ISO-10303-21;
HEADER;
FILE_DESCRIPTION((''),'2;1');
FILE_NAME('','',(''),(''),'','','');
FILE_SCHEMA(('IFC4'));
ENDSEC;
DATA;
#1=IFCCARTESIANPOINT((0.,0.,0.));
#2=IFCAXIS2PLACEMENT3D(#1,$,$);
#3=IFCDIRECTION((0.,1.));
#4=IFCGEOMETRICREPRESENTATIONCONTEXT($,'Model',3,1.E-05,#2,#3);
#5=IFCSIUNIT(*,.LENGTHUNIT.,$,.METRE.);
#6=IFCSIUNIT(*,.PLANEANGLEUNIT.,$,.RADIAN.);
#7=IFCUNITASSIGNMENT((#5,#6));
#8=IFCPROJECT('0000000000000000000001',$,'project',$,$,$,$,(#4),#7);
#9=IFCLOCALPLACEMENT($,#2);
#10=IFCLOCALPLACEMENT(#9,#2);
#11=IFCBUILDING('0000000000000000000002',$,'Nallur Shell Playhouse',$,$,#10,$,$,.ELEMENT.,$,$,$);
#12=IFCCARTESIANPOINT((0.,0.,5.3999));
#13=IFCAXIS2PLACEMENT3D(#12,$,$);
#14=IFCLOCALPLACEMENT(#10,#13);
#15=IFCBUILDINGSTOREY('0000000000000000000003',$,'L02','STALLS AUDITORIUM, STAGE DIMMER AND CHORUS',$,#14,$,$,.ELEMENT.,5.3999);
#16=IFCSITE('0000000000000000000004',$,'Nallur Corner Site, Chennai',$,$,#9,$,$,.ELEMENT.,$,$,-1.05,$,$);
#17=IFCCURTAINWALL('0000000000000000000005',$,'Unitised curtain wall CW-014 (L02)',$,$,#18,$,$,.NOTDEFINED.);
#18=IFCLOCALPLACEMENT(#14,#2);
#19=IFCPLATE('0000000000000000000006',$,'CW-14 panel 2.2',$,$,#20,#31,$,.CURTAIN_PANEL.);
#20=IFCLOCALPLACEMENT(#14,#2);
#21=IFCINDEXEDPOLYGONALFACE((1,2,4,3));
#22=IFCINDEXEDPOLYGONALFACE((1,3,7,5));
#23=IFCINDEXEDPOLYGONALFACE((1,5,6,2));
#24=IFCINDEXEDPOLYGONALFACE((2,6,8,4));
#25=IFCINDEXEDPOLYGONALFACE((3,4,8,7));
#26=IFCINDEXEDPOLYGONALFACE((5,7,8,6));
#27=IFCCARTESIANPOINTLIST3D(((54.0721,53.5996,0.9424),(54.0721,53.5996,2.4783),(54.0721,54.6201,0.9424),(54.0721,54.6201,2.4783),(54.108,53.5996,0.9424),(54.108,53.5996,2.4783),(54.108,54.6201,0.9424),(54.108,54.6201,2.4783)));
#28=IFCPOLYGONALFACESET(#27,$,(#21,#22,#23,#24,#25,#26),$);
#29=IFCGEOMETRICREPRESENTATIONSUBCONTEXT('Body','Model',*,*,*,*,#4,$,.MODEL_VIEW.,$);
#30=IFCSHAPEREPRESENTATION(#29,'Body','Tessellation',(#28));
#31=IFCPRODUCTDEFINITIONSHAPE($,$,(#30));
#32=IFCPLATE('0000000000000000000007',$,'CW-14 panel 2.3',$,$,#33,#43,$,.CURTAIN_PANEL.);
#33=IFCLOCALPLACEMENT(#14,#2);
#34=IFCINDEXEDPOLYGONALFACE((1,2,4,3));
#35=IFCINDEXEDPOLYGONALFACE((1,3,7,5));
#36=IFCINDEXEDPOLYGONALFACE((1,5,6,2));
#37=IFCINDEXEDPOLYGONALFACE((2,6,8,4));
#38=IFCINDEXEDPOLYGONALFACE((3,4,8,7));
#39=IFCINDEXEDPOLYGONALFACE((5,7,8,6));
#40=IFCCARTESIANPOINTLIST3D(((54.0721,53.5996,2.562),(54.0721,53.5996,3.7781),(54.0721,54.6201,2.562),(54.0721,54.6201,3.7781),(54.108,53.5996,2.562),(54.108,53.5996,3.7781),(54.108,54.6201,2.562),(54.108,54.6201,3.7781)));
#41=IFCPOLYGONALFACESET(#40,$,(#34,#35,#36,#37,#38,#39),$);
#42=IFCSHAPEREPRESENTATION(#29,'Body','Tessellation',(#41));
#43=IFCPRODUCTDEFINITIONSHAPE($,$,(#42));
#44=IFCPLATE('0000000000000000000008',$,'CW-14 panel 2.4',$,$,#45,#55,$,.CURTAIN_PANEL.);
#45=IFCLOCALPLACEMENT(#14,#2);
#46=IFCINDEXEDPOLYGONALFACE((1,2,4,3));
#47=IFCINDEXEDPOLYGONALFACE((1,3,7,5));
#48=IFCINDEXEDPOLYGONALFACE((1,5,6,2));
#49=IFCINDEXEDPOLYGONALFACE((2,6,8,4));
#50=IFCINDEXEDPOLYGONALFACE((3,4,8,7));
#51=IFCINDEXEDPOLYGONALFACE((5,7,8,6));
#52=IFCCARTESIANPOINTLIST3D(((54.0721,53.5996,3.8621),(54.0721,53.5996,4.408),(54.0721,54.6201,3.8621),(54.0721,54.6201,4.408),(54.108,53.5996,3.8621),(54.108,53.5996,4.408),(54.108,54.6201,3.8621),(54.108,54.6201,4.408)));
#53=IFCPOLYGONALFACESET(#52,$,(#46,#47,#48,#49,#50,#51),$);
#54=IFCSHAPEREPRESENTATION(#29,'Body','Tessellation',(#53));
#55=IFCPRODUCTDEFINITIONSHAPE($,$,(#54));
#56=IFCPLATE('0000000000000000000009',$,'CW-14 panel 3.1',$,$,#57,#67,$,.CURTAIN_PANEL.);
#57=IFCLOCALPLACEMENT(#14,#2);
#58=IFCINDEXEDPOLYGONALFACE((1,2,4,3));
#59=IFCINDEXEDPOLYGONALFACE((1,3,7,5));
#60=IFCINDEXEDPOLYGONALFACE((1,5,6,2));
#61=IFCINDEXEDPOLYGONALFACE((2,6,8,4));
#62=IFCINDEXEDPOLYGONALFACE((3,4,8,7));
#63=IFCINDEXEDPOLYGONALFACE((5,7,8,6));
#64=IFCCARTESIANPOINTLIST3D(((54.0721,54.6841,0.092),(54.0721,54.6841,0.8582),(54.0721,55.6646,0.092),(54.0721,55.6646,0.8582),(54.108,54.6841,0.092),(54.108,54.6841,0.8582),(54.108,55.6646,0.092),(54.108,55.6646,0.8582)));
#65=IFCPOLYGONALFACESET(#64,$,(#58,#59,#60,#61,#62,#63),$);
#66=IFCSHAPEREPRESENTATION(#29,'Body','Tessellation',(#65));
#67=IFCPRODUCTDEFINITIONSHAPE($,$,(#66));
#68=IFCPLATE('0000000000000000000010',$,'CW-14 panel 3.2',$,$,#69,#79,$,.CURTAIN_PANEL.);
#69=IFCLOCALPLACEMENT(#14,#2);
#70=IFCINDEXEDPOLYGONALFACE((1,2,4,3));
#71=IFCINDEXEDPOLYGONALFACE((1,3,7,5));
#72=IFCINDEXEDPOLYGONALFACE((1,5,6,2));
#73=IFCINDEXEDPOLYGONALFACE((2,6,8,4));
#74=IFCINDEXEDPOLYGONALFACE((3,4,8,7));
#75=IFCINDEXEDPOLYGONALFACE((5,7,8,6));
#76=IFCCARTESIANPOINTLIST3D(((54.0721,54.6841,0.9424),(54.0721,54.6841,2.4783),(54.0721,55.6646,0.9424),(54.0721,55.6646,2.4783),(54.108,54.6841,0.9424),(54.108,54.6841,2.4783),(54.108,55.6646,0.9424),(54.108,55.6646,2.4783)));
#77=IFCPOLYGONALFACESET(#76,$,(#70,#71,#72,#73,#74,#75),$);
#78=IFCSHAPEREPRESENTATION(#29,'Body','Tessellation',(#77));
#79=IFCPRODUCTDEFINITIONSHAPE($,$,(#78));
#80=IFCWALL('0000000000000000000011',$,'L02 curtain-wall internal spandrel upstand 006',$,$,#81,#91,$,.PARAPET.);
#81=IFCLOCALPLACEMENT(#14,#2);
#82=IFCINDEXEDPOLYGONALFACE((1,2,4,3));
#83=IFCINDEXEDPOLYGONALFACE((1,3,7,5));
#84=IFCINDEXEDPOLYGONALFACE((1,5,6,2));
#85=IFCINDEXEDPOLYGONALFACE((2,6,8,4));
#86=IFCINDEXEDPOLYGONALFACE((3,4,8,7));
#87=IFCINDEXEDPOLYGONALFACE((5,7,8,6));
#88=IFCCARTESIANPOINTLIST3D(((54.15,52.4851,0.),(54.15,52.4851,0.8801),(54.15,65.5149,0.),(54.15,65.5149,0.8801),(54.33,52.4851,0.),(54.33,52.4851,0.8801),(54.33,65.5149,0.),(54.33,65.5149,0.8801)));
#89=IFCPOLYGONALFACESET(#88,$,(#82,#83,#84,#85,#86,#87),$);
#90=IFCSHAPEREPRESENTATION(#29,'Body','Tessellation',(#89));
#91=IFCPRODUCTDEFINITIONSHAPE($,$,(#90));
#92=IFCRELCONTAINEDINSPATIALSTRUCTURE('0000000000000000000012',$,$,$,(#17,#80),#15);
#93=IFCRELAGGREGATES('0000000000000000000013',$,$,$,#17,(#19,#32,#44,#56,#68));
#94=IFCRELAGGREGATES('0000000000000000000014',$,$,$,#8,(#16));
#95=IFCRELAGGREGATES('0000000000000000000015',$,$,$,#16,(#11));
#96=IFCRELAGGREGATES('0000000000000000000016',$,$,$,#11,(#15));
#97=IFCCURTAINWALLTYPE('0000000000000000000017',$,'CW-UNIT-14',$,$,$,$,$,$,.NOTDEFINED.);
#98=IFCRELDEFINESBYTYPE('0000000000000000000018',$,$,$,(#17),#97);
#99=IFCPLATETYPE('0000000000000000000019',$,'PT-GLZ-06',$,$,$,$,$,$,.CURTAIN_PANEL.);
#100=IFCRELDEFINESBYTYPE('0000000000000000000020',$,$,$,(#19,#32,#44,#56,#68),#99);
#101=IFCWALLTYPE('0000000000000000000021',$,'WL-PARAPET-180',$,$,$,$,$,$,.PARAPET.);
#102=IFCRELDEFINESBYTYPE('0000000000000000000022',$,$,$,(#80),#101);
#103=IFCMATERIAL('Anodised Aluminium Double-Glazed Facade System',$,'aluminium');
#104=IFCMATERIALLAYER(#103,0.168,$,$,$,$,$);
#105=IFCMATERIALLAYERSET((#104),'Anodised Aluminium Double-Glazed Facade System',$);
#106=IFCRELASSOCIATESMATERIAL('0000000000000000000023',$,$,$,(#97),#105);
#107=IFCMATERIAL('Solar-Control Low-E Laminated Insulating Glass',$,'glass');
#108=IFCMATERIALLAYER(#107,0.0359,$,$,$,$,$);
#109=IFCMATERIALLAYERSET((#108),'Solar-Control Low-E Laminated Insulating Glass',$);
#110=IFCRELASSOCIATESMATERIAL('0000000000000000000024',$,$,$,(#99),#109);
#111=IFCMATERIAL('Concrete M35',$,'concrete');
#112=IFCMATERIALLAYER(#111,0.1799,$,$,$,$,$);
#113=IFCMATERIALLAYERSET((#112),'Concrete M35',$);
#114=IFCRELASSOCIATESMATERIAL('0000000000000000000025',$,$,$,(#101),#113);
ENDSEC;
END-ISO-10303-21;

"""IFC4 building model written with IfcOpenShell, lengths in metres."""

from ifc_helpers import new_model, si_unit, direction, frame, frame_2d, origin, origin_2d, place, context, subcontext, project, spatial, rectangle, extrude, material, layer, layer_set, type_object, element, aggregate, save


model = new_model("IFC4")

# Units and contexts
model_context = context("Model", 3, precision=1e-05, world=origin(), true_north=direction((0.0, 1.0)))
body_context = subcontext(model_context, "Body", "Model", "MODEL_VIEW")
ifc_project = project(units=[si_unit("LENGTHUNIT", "METRE"), si_unit("PLANEANGLEUNIT", "RADIAN")], contexts=[model_context])

# Site, building, storey
site_placement = place(None, origin())
site = spatial("IfcSite", under=ifc_project, at=site_placement, Name="Nallur Corner Site, Chennai", CompositionType="ELEMENT", RefElevation=-1.05)
building_placement = place(site_placement, origin())
building = spatial("IfcBuilding", under=site, at=building_placement, Name="Nallur Shell Playhouse", CompositionType="ELEMENT")
storey_placement = place(building_placement, frame((0.0, 0.0, 5.3999)))
storey = spatial("IfcBuildingStorey", under=building, at=storey_placement, Name="L02", Description="STALLS AUDITORIUM, STAGE DIMMER AND CHORUS", CompositionType="ELEMENT", Elevation=5.3999)

# Shared definitions
ifc_material_1 = material(Name="Concrete M35", Category="concrete")

# Curtain wall
ifc_material_2 = material(Name="Anodised Aluminium Double-Glazed Facade System", Category="aluminium")
ifc_layer_1 = layer(ifc_material_2, 0.168)
ifc_layer_set_1 = layer_set([ifc_layer_1], Name="Anodised Aluminium Double-Glazed Facade System")
curtain_wall_type_1 = type_object("IfcCurtainWallType", Name="CW-UNIT-14", PredefinedType="NOTDEFINED", material=ifc_layer_set_1)
curtain_wall_1_placement = place(storey_placement, origin())
curtain_wall_1 = element("IfcCurtainWall", 1, at=curtain_wall_1_placement, inside=storey, type_object=curtain_wall_type_1, Name="Unitised curtain wall CW-014 (L02)", PredefinedType="NOTDEFINED")

# Plates
ifc_material_3 = material(Name="Solar-Control Low-E Laminated Insulating Glass", Category="glass")
ifc_layer_2 = layer(ifc_material_3, 0.0359)
ifc_layer_set_2 = layer_set([ifc_layer_2], Name="Solar-Control Low-E Laminated Insulating Glass")
plate_type_1 = type_object("IfcPlateType", Name="PT-GLZ-06", PredefinedType="CURTAIN_PANEL", material=ifc_layer_set_2)
plate_1_placement = place(storey_placement, frame((54.0901, 54.1099, 0.9424), z_axis=(0.0, 0.0, 1.0), x_axis=(0.0, 1.0, 0.0)))
plate_1 = element("IfcPlate", 2, at=plate_1_placement, type_object=plate_type_1, Name="CW-14 panel 2.2", PredefinedType="CURTAIN_PANEL", context=body_context, shape_type="SweptSolid", body=[
    extrude(rectangle(XDim=1.0205, YDim=0.0359, at=origin_2d()), origin(), (0.0, 0.0, 1.0), 1.5359),
])
plate_2_placement = place(storey_placement, frame((54.0901, 54.1099, 2.562), z_axis=(0.0, 0.0, 1.0), x_axis=(0.0, 1.0, 0.0)))
plate_2 = element("IfcPlate", 3, at=plate_2_placement, type_object=plate_type_1, Name="CW-14 panel 2.3", PredefinedType="CURTAIN_PANEL", context=body_context, shape_type="SweptSolid", body=[
    extrude(rectangle(XDim=1.0205, YDim=0.0359, at=origin_2d()), origin(), (0.0, 0.0, 1.0), 1.2161),
])
plate_3_placement = place(storey_placement, frame((54.0901, 54.1099, 3.8621), z_axis=(0.0, 0.0, 1.0), x_axis=(0.0, 1.0, 0.0)))
plate_3 = element("IfcPlate", 4, at=plate_3_placement, type_object=plate_type_1, Name="CW-14 panel 2.4", PredefinedType="CURTAIN_PANEL", context=body_context, shape_type="SweptSolid", body=[
    extrude(rectangle(XDim=1.0205, YDim=0.0359, at=origin_2d()), origin(), (0.0, 0.0, 1.0), 0.5459),
])
plate_4_placement = place(storey_placement, frame((54.0901, 55.1743, 0.092), z_axis=(0.0, 0.0, 1.0), x_axis=(0.0, 1.0, 0.0)))
plate_4 = element("IfcPlate", 5, at=plate_4_placement, type_object=plate_type_1, Name="CW-14 panel 3.1", PredefinedType="CURTAIN_PANEL", context=body_context, shape_type="SweptSolid", body=[
    extrude(rectangle(XDim=0.9805, YDim=0.0359, at=origin_2d()), origin(), (0.0, 0.0, 1.0), 0.7661),
])
plate_5_placement = place(storey_placement, frame((54.0901, 55.1743, 0.9424), z_axis=(0.0, 0.0, 1.0), x_axis=(0.0, 1.0, 0.0)))
plate_5 = element("IfcPlate", 6, at=plate_5_placement, type_object=plate_type_1, Name="CW-14 panel 3.2", PredefinedType="CURTAIN_PANEL", context=body_context, shape_type="SweptSolid", body=[
    extrude(rectangle(XDim=0.9805, YDim=0.0359, at=origin_2d()), origin(), (0.0, 0.0, 1.0), 1.5359),
])
aggregate(curtain_wall_1, [plate_1, plate_2, plate_3, plate_4, plate_5])

# Wall
ifc_layer_3 = layer(ifc_material_1, 0.1799)
ifc_layer_set_3 = layer_set([ifc_layer_3], Name="Concrete M35")
wall_type = type_object("IfcWallType", Name="WL-PARAPET-180", PredefinedType="PARAPET", material=ifc_layer_set_3)
wall_placement = place(storey_placement, frame((54.24, 52.4851, 0.0), z_axis=(0.0, 0.0, 1.0), x_axis=(0.0, 1.0, 0.0)))
element("IfcWall", 7, at=wall_placement, inside=storey, type_object=wall_type, Name="L02 curtain-wall internal spandrel upstand 006", PredefinedType="PARAPET", context=body_context, shape_type="SweptSolid", body=[
    extrude(rectangle(XDim=13.0298, YDim=0.1799, at=frame_2d((6.5149, 0.0))), origin(), (0.0, 0.0, 1.0), 0.8801),
])

save(model, "model.ifc")
